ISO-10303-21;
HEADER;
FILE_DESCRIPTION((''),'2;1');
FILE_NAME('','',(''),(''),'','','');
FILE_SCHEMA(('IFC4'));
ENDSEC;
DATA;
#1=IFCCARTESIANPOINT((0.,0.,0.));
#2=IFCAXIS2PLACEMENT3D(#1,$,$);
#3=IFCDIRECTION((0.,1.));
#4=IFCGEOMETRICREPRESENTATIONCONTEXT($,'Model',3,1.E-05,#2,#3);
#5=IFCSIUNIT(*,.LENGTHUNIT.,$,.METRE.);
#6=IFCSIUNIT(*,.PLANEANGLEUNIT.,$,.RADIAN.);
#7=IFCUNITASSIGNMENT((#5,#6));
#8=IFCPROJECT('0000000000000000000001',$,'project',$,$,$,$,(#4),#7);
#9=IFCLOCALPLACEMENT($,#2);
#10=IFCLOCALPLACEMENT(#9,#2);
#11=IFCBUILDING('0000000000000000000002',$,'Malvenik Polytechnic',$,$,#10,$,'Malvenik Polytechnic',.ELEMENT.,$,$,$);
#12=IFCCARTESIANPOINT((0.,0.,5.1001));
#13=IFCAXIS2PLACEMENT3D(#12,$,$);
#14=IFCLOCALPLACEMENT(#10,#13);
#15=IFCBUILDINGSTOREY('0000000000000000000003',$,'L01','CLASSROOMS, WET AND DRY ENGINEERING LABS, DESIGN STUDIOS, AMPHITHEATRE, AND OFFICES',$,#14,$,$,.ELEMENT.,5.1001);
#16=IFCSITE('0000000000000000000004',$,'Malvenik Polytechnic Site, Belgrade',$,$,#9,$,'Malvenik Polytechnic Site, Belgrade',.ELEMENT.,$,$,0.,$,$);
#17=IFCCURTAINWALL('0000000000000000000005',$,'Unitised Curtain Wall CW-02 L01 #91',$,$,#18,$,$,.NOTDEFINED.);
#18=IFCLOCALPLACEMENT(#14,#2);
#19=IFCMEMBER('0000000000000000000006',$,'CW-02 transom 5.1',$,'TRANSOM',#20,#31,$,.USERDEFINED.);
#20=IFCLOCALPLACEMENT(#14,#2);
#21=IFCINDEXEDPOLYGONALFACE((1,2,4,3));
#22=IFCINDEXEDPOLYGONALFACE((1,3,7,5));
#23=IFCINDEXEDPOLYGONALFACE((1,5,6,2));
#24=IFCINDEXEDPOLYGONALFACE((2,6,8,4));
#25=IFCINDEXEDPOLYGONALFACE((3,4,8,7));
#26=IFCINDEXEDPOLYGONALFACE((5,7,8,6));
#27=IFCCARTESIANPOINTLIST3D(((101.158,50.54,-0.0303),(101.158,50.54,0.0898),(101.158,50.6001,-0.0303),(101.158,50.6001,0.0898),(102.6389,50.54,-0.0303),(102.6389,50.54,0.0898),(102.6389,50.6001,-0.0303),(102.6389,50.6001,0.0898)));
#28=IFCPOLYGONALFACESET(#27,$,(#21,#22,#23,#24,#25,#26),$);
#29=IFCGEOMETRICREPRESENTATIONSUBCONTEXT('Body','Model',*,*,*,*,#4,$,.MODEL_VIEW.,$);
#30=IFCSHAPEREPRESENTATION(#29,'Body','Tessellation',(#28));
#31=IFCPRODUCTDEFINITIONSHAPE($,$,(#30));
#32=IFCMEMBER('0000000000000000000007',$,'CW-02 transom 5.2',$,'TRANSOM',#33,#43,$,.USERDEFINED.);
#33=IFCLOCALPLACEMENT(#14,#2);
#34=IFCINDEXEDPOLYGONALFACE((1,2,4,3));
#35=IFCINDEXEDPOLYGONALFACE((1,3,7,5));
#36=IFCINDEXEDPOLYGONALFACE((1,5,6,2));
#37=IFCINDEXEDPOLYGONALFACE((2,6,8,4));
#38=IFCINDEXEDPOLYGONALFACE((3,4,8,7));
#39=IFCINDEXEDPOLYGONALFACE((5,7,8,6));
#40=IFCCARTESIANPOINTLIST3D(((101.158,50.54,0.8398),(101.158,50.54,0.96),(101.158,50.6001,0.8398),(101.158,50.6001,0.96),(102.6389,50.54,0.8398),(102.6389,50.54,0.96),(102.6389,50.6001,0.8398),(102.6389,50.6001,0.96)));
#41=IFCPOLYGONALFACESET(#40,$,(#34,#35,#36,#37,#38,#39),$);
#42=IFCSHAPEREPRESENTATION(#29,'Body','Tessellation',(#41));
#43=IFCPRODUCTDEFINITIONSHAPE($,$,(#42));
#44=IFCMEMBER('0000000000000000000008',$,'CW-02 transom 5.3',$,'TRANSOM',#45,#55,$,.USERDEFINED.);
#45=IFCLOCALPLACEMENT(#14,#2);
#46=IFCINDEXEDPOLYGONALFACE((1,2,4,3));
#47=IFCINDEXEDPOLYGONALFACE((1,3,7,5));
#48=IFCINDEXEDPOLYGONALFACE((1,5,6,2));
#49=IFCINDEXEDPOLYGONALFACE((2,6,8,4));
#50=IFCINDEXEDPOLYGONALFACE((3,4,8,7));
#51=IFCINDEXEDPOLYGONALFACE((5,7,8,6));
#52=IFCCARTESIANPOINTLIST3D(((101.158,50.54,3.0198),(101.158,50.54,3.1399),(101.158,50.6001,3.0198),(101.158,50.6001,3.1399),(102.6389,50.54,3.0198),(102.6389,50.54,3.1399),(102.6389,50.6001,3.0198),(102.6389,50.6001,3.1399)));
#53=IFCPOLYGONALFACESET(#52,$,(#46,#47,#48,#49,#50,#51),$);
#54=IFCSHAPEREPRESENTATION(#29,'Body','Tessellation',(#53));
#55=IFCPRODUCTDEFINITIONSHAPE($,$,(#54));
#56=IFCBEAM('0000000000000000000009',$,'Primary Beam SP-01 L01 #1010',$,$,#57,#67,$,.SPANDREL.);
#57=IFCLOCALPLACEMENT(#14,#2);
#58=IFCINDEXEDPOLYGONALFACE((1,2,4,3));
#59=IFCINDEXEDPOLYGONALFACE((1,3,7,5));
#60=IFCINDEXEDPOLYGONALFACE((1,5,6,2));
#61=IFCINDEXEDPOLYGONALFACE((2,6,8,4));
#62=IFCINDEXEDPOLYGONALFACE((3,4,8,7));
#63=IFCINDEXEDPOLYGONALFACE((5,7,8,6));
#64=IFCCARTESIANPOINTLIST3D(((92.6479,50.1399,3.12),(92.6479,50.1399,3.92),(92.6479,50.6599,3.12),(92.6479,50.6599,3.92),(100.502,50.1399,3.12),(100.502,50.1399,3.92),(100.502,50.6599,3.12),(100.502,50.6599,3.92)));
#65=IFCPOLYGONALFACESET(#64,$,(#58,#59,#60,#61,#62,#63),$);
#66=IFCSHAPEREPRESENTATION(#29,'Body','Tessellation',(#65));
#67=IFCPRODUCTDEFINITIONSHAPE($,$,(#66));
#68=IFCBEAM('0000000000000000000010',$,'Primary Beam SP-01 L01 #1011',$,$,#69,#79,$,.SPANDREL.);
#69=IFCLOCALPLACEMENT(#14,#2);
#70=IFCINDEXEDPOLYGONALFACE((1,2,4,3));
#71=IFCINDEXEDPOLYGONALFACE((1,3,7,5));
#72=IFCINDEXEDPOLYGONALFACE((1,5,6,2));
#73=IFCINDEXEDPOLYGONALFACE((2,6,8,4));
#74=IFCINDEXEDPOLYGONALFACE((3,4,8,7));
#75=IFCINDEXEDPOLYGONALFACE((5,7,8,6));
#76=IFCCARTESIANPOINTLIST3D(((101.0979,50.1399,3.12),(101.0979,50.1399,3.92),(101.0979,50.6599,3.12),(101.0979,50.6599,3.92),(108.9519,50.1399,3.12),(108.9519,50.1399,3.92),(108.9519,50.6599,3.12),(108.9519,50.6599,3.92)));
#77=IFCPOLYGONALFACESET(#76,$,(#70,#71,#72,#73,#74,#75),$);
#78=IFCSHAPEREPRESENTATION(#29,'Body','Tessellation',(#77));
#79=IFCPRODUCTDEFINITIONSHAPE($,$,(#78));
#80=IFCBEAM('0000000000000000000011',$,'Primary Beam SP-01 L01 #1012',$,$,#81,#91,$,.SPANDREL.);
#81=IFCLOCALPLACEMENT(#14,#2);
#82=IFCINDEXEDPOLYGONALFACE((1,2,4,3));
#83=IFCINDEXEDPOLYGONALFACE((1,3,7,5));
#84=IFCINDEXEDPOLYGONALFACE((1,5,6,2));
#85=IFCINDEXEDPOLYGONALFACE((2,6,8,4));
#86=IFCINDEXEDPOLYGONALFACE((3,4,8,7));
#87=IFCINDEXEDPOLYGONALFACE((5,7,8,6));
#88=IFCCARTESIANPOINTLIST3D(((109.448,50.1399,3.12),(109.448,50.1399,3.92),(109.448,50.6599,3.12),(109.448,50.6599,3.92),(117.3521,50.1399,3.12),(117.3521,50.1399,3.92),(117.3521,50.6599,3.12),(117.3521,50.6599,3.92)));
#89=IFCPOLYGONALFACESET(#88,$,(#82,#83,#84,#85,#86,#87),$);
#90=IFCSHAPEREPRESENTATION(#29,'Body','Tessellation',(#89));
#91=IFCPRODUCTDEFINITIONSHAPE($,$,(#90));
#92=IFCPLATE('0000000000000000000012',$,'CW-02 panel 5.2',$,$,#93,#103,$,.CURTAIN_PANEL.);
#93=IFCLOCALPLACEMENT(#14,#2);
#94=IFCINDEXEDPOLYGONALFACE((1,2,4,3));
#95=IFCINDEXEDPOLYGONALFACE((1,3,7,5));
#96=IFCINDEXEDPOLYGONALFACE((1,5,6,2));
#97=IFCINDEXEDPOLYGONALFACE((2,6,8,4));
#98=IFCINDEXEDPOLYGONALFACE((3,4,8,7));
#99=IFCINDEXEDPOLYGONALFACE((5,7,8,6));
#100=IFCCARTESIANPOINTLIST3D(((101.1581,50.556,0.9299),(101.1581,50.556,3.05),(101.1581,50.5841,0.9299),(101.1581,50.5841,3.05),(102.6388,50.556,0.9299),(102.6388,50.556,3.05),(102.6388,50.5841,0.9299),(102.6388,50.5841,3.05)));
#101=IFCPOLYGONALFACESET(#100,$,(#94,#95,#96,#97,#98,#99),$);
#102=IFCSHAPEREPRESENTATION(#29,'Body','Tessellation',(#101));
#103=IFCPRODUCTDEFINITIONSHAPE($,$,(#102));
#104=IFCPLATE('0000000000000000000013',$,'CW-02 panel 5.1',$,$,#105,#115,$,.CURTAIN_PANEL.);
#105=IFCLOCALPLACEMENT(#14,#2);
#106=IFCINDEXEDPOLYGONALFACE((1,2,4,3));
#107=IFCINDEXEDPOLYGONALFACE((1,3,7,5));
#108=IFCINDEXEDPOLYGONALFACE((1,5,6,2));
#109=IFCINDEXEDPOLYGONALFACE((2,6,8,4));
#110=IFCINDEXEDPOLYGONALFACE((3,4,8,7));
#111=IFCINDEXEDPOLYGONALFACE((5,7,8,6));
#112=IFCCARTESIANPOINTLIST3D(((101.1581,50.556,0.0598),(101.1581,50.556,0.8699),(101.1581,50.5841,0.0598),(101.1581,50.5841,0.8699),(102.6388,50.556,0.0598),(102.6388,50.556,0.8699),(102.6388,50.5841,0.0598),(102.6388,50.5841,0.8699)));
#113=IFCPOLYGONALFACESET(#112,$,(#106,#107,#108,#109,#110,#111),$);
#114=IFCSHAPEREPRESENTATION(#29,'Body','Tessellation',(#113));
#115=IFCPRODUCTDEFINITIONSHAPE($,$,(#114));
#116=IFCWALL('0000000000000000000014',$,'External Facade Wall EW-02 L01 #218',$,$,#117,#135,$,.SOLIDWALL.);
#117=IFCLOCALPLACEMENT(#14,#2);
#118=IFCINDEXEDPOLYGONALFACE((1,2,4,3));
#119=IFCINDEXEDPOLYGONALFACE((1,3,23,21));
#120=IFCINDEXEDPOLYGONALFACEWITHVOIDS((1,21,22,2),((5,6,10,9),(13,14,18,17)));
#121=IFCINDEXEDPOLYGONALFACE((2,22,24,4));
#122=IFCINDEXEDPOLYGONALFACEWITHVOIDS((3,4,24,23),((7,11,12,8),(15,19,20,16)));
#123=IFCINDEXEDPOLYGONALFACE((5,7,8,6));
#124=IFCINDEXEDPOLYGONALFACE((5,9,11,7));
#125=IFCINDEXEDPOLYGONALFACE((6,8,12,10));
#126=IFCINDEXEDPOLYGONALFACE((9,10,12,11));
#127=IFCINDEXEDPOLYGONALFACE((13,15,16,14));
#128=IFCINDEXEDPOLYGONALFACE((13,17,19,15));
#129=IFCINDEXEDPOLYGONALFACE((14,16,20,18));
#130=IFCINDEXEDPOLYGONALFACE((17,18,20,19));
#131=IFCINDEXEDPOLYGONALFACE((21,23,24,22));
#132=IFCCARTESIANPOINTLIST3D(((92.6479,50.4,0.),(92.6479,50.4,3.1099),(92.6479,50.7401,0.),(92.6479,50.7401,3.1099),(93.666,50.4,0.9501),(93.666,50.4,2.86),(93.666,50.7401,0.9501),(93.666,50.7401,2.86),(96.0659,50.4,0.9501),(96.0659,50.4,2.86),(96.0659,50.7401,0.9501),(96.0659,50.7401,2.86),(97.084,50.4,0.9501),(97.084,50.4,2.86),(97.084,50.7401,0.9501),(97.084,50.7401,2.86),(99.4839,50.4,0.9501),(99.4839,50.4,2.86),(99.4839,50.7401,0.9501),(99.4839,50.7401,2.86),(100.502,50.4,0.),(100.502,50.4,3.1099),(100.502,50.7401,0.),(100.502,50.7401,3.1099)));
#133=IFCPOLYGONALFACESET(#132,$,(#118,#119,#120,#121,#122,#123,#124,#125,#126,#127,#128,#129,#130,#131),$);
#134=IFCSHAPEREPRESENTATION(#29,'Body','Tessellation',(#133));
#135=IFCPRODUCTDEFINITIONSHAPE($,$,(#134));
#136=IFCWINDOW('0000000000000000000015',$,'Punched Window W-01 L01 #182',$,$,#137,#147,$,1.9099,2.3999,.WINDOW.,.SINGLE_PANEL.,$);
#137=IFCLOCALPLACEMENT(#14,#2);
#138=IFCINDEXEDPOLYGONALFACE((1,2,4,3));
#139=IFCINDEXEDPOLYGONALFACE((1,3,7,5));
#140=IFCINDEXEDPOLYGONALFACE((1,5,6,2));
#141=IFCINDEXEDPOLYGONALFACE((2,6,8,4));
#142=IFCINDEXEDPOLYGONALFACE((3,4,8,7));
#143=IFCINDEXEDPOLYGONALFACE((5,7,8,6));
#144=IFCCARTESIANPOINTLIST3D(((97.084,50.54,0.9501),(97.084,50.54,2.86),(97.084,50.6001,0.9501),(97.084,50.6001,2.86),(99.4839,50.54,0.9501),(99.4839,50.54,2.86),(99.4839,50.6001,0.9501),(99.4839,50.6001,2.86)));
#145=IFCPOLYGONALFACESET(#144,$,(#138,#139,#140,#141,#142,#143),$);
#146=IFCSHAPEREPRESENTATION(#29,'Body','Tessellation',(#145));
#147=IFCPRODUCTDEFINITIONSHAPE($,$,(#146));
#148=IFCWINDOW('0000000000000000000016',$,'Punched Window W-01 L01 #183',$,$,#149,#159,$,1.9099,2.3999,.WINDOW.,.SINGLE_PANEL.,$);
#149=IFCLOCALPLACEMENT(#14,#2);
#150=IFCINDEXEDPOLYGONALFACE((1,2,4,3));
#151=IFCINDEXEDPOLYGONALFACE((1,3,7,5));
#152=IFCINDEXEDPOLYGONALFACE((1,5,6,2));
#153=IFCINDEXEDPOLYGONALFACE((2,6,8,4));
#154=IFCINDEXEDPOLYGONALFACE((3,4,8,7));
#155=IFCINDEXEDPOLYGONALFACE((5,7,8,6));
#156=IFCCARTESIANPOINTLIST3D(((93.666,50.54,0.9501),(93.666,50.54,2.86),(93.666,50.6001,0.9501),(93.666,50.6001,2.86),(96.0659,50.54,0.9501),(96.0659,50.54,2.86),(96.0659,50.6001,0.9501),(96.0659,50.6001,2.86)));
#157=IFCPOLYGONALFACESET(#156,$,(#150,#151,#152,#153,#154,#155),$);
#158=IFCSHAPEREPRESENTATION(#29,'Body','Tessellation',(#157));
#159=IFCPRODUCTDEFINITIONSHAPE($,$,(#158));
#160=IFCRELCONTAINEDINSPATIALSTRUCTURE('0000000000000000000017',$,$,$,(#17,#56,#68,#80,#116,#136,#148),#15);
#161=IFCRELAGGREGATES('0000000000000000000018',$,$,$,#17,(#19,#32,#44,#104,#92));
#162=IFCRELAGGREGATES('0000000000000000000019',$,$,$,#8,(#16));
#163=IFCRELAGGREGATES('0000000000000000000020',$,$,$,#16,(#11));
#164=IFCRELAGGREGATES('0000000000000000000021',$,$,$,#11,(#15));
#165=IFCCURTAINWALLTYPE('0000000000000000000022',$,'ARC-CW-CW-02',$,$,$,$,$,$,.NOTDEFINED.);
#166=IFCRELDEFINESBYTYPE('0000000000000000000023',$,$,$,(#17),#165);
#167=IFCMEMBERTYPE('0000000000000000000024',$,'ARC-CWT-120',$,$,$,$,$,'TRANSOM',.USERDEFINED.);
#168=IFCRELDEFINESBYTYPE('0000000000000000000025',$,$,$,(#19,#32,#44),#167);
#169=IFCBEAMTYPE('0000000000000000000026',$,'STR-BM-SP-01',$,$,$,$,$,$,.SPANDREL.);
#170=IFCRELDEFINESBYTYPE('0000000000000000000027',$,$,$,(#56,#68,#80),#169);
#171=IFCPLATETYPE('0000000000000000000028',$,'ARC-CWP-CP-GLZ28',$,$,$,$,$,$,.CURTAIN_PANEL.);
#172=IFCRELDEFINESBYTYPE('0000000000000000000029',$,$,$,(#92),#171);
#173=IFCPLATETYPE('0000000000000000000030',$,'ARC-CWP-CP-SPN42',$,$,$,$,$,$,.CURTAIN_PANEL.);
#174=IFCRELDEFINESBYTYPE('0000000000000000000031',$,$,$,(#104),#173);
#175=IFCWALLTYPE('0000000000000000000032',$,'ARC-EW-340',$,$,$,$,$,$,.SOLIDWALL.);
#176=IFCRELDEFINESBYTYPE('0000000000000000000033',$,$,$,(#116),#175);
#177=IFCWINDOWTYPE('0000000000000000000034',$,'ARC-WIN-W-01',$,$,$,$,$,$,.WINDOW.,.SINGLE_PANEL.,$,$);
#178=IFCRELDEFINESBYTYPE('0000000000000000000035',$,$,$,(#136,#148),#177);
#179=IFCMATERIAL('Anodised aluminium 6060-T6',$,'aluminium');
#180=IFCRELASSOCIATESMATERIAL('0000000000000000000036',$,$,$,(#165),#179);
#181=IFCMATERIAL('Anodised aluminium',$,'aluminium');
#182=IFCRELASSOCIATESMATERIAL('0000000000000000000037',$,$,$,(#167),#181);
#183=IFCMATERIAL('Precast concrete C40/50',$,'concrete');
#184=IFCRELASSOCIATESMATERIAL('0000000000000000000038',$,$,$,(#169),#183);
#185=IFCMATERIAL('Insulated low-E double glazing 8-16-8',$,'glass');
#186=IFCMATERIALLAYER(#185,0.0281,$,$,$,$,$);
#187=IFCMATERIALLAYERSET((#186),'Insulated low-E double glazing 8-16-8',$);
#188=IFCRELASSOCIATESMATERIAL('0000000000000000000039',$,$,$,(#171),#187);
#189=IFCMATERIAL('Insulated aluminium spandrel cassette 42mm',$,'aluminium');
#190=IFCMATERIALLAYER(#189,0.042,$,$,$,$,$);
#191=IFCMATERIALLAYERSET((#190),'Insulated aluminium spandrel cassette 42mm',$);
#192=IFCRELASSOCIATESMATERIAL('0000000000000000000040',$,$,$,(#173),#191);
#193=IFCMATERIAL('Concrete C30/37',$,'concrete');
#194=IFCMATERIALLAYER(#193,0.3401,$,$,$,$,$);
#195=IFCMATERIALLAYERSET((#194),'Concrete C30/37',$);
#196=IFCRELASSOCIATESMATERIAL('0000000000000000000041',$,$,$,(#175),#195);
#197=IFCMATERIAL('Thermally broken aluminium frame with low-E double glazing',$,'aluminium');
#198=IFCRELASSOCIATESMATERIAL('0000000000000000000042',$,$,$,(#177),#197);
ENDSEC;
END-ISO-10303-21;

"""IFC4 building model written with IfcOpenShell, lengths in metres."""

from ifc_helpers import new_model, si_unit, direction, frame, frame_2d, origin, origin_2d, place, context, subcontext, project, spatial, rectangle, extrude, material, layer, layer_set, material_profile, profile_set, type_object, element, fill, aggregate, save


model = new_model("IFC4")

# Units and contexts
model_context = context("Model", 3, precision=1e-05, world=origin(), true_north=direction((0.0, 1.0)))
body_context = subcontext(model_context, "Body", "Model", "MODEL_VIEW")
ifc_project = project(units=[si_unit("LENGTHUNIT", "METRE"), si_unit("PLANEANGLEUNIT", "RADIAN")], contexts=[model_context])

# Site, building, storey
site_placement = place(None, origin())
site = spatial("IfcSite", under=ifc_project, at=site_placement, Name="Malvenik Polytechnic Site, Belgrade", LongName="Malvenik Polytechnic Site, Belgrade", CompositionType="ELEMENT", RefElevation=0.0)
building_placement = place(site_placement, origin())
building = spatial("IfcBuilding", under=site, at=building_placement, Name="Malvenik Polytechnic", LongName="Malvenik Polytechnic", CompositionType="ELEMENT")
storey_placement = place(building_placement, frame((0.0, 0.0, 5.1001)))
storey = spatial("IfcBuildingStorey", under=building, at=storey_placement, Name="L01", Description="CLASSROOMS, WET AND DRY ENGINEERING LABS, DESIGN STUDIOS, AMPHITHEATRE, AND OFFICES", CompositionType="ELEMENT", Elevation=5.1001)

# Curtain wall, members
ifc_material_1 = material(Name="Anodised aluminium 6060-T6", Category="aluminium")
curtain_wall_type = type_object("IfcCurtainWallType", Name="ARC-CW-CW-02", PredefinedType="NOTDEFINED", material=ifc_material_1)
curtain_wall_placement = place(storey_placement, origin())
curtain_wall = element("IfcCurtainWall", 1, at=curtain_wall_placement, inside=storey, type_object=curtain_wall_type, Name="Unitised Curtain Wall CW-02 L01 #91", PredefinedType="NOTDEFINED")
ifc_material_2 = material(Name="Anodised aluminium", Category="aluminium")
ifc_material_profile_1 = material_profile(ifc_material_2, rectangle(XDim=0.0601, YDim=0.1201, at=origin_2d()), Name="ALU TRANSOM 60x120")
ifc_profile_set_1 = profile_set([ifc_material_profile_1], Name="Anodised aluminium")
member_type_1 = type_object("IfcMemberType", Name="ARC-CWT-120", ElementType="TRANSOM", PredefinedType="USERDEFINED", material=ifc_profile_set_1)
member_1_placement = place(storey_placement, frame((102.6389, 50.5701, 0.0298), z_axis=(-1.0, 0.0, 0.0), x_axis=(0.0, -1.0, 0.0)))
member_1 = element("IfcMember", 2, at=member_1_placement, type_object=member_type_1, Name="CW-02 transom 5.1", ObjectType="TRANSOM", PredefinedType="USERDEFINED", context=body_context, shape_type="SweptSolid", body=[
    extrude(rectangle(XDim=0.0601, YDim=0.1201, at=origin_2d()), origin(), (0.0, 0.0, 1.0), 1.481),
])
member_2_placement = place(storey_placement, frame((102.6389, 50.5701, 0.8999), z_axis=(-1.0, 0.0, 0.0), x_axis=(0.0, -1.0, 0.0)))
member_2 = element("IfcMember", 3, at=member_2_placement, type_object=member_type_1, Name="CW-02 transom 5.2", ObjectType="TRANSOM", PredefinedType="USERDEFINED", context=body_context, shape_type="SweptSolid", body=[
    extrude(rectangle(XDim=0.0601, YDim=0.1201, at=origin_2d()), origin(), (0.0, 0.0, 1.0), 1.481),
])
member_3_placement = place(storey_placement, frame((102.6389, 50.5701, 3.0798), z_axis=(-1.0, 0.0, 0.0), x_axis=(0.0, -1.0, 0.0)))
member_3 = element("IfcMember", 4, at=member_3_placement, type_object=member_type_1, Name="CW-02 transom 5.3", ObjectType="TRANSOM", PredefinedType="USERDEFINED", context=body_context, shape_type="SweptSolid", body=[
    extrude(rectangle(XDim=0.0601, YDim=0.1201, at=origin_2d()), origin(), (0.0, 0.0, 1.0), 1.481),
])

# Beams
ifc_material_3 = material(Name="Precast concrete C40/50", Category="concrete")
ifc_material_profile_2 = material_profile(ifc_material_3, rectangle(XDim=0.52, YDim=0.8, at=origin_2d()), Name="PC SPN 520x800")
ifc_profile_set_2 = profile_set([ifc_material_profile_2], Name="Precast concrete C40/50")
beam_type = type_object("IfcBeamType", Name="STR-BM-SP-01", PredefinedType="SPANDREL", material=ifc_profile_set_2)
for number, where, z_axis, x_axis, name in (
    (5, (92.6479, 50.3999, 3.52), (1.0, 0.0, 0.0), (0.0, 1.0, 0.0), "Primary Beam SP-01 L01 #1010"),
    (6, (101.0979, 50.3999, 3.52), (1.0, 0.0, 0.0), (0.0, 1.0, 0.0), "Primary Beam SP-01 L01 #1011"),
):
    element("IfcBeam", number, at=place(storey_placement, frame(where, z_axis=z_axis, x_axis=x_axis)), inside=storey, type_object=beam_type, Name=name, PredefinedType="SPANDREL", context=body_context, shape_type="SweptSolid", body=[
        extrude(rectangle(XDim=0.52, YDim=0.8, at=origin_2d()), origin(), (0.0, 0.0, 1.0), 7.854),
    ])
beam_placement = place(storey_placement, frame((109.448, 50.3999, 3.52), z_axis=(1.0, 0.0, 0.0), x_axis=(0.0, 1.0, 0.0)))
element("IfcBeam", 7, at=beam_placement, inside=storey, type_object=beam_type, Name="Primary Beam SP-01 L01 #1012", PredefinedType="SPANDREL", context=body_context, shape_type="SweptSolid", body=[
    extrude(rectangle(XDim=0.52, YDim=0.8, at=origin_2d()), origin(), (0.0, 0.0, 1.0), 7.9041),
])

# Plates
ifc_material_4 = material(Name="Insulated low-E double glazing 8-16-8", Category="glass")
ifc_layer_1 = layer(ifc_material_4, 0.0281)
ifc_layer_set_1 = layer_set([ifc_layer_1], Name="Insulated low-E double glazing 8-16-8")
plate_type_1 = type_object("IfcPlateType", Name="ARC-CWP-CP-GLZ28", PredefinedType="CURTAIN_PANEL", material=ifc_layer_set_1)
plate_1_placement = place(storey_placement, frame((101.8984, 50.5701, 0.9299), z_axis=(0.0, 0.0, 1.0), x_axis=(-1.0, 0.0, 0.0)))
plate_1 = element("IfcPlate", 8, at=plate_1_placement, type_object=plate_type_1, Name="CW-02 panel 5.2", PredefinedType="CURTAIN_PANEL", context=body_context, shape_type="SweptSolid", body=[
    extrude(rectangle(XDim=1.4807, YDim=0.0281, at=origin_2d()), origin(), (0.0, 0.0, 1.0), 2.1201),
])
ifc_material_5 = material(Name="Insulated aluminium spandrel cassette 42mm", Category="aluminium")
ifc_layer_2 = layer(ifc_material_5, 0.042)
ifc_layer_set_2 = layer_set([ifc_layer_2], Name="Insulated aluminium spandrel cassette 42mm")
plate_type_2 = type_object("IfcPlateType", Name="ARC-CWP-CP-SPN42", PredefinedType="CURTAIN_PANEL", material=ifc_layer_set_2)
plate_2_placement = place(storey_placement, frame((101.8984, 50.5701, 0.0598), z_axis=(0.0, 0.0, 1.0), x_axis=(-1.0, 0.0, 0.0)))
plate_2 = element("IfcPlate", 9, at=plate_2_placement, type_object=plate_type_2, Name="CW-02 panel 5.1", PredefinedType="CURTAIN_PANEL", context=body_context, shape_type="SweptSolid", body=[
    extrude(rectangle(XDim=1.4807, YDim=0.0281, at=origin_2d()), origin(), (0.0, 0.0, 1.0), 0.8101),
])
aggregate(curtain_wall, [member_1, member_2, member_3, plate_2, plate_1])

# Wall, openings, windows
ifc_material_6 = material(Name="Concrete C30/37", Category="concrete")
ifc_layer_3 = layer(ifc_material_6, 0.3401)
ifc_layer_set_3 = layer_set([ifc_layer_3], Name="Concrete C30/37")
wall_type = type_object("IfcWallType", Name="ARC-EW-340", PredefinedType="SOLIDWALL", material=ifc_layer_set_3)
wall_placement = place(storey_placement, frame((100.502, 50.5701, 0.0), z_axis=(0.0, 0.0, 1.0), x_axis=(-1.0, 0.0, 0.0)))
wall = element("IfcWall", 10, at=wall_placement, inside=storey, type_object=wall_type, Name="External Facade Wall EW-02 L01 #218", PredefinedType="SOLIDWALL", context=body_context, shape_type="SweptSolid", body=[
    extrude(rectangle(XDim=7.854, YDim=0.3401, at=frame_2d((3.927, 0.0))), origin(), (0.0, 0.0, 1.0), 3.1099),
])
opening_1_placement = place(wall_placement, frame((1.0181, 0.0, 0.95)))
opening_1 = element("IfcOpeningElement", 11, at=opening_1_placement, cuts=wall, PredefinedType="OPENING", context=body_context, shape_type="SweptSolid", body=[
    extrude(rectangle(XDim=2.3999, YDim=1.9099, at=frame_2d((1.2, 0.9551))), frame((0.0, 0.1802, 0.0), z_axis=(0.0, -1.0, 0.0), x_axis=(1.0, 0.0, 0.0)), (0.0, 0.0, 1.0), 0.3601),
])
opening_2_placement = place(wall_placement, frame((4.436, 0.0, 0.95)))
opening_2 = element("IfcOpeningElement", 12, at=opening_2_placement, cuts=wall, PredefinedType="OPENING", context=body_context, shape_type="SweptSolid", body=[
    extrude(rectangle(XDim=2.3999, YDim=1.9099, at=frame_2d((1.2, 0.9551))), frame((0.0, 0.1802, 0.0), z_axis=(0.0, -1.0, 0.0), x_axis=(1.0, 0.0, 0.0)), (0.0, 0.0, 1.0), 0.3601),
])
ifc_material_7 = material(Name="Thermally broken aluminium frame with low-E double glazing", Category="aluminium")
window_type = type_object("IfcWindowType", Name="ARC-WIN-W-01", PartitioningType="SINGLE_PANEL", PredefinedType="WINDOW", material=ifc_material_7)
window_1_placement = place(opening_1_placement, origin())
window_1 = element("IfcWindow", 13, at=window_1_placement, inside=storey, type_object=window_type, Name="Punched Window W-01 L01 #182", OverallHeight=1.9099, OverallWidth=2.3999, PartitioningType="SINGLE_PANEL", PredefinedType="WINDOW", context=body_context, shape_type="SweptSolid", body=[
    extrude(rectangle(XDim=2.3999, YDim=1.9099, at=frame_2d((1.2, 0.9551))), frame((0.0, 0.03, 0.0), z_axis=(0.0, -1.0, 0.0), x_axis=(1.0, 0.0, 0.0)), (0.0, 0.0, 1.0), 0.0601),
])
fill(opening_1, window_1)
window_2_placement = place(opening_2_placement, origin())
window_2 = element("IfcWindow", 14, at=window_2_placement, inside=storey, type_object=window_type, Name="Punched Window W-01 L01 #183", OverallHeight=1.9099, OverallWidth=2.3999, PartitioningType="SINGLE_PANEL", PredefinedType="WINDOW", context=body_context, shape_type="SweptSolid", body=[
    extrude(rectangle(XDim=2.3999, YDim=1.9099, at=frame_2d((1.2, 0.9551))), frame((0.0, 0.03, 0.0), z_axis=(0.0, -1.0, 0.0), x_axis=(1.0, 0.0, 0.0)), (0.0, 0.0, 1.0), 0.0601),
])
fill(opening_2, window_2)

save(model, "model.ifc")
